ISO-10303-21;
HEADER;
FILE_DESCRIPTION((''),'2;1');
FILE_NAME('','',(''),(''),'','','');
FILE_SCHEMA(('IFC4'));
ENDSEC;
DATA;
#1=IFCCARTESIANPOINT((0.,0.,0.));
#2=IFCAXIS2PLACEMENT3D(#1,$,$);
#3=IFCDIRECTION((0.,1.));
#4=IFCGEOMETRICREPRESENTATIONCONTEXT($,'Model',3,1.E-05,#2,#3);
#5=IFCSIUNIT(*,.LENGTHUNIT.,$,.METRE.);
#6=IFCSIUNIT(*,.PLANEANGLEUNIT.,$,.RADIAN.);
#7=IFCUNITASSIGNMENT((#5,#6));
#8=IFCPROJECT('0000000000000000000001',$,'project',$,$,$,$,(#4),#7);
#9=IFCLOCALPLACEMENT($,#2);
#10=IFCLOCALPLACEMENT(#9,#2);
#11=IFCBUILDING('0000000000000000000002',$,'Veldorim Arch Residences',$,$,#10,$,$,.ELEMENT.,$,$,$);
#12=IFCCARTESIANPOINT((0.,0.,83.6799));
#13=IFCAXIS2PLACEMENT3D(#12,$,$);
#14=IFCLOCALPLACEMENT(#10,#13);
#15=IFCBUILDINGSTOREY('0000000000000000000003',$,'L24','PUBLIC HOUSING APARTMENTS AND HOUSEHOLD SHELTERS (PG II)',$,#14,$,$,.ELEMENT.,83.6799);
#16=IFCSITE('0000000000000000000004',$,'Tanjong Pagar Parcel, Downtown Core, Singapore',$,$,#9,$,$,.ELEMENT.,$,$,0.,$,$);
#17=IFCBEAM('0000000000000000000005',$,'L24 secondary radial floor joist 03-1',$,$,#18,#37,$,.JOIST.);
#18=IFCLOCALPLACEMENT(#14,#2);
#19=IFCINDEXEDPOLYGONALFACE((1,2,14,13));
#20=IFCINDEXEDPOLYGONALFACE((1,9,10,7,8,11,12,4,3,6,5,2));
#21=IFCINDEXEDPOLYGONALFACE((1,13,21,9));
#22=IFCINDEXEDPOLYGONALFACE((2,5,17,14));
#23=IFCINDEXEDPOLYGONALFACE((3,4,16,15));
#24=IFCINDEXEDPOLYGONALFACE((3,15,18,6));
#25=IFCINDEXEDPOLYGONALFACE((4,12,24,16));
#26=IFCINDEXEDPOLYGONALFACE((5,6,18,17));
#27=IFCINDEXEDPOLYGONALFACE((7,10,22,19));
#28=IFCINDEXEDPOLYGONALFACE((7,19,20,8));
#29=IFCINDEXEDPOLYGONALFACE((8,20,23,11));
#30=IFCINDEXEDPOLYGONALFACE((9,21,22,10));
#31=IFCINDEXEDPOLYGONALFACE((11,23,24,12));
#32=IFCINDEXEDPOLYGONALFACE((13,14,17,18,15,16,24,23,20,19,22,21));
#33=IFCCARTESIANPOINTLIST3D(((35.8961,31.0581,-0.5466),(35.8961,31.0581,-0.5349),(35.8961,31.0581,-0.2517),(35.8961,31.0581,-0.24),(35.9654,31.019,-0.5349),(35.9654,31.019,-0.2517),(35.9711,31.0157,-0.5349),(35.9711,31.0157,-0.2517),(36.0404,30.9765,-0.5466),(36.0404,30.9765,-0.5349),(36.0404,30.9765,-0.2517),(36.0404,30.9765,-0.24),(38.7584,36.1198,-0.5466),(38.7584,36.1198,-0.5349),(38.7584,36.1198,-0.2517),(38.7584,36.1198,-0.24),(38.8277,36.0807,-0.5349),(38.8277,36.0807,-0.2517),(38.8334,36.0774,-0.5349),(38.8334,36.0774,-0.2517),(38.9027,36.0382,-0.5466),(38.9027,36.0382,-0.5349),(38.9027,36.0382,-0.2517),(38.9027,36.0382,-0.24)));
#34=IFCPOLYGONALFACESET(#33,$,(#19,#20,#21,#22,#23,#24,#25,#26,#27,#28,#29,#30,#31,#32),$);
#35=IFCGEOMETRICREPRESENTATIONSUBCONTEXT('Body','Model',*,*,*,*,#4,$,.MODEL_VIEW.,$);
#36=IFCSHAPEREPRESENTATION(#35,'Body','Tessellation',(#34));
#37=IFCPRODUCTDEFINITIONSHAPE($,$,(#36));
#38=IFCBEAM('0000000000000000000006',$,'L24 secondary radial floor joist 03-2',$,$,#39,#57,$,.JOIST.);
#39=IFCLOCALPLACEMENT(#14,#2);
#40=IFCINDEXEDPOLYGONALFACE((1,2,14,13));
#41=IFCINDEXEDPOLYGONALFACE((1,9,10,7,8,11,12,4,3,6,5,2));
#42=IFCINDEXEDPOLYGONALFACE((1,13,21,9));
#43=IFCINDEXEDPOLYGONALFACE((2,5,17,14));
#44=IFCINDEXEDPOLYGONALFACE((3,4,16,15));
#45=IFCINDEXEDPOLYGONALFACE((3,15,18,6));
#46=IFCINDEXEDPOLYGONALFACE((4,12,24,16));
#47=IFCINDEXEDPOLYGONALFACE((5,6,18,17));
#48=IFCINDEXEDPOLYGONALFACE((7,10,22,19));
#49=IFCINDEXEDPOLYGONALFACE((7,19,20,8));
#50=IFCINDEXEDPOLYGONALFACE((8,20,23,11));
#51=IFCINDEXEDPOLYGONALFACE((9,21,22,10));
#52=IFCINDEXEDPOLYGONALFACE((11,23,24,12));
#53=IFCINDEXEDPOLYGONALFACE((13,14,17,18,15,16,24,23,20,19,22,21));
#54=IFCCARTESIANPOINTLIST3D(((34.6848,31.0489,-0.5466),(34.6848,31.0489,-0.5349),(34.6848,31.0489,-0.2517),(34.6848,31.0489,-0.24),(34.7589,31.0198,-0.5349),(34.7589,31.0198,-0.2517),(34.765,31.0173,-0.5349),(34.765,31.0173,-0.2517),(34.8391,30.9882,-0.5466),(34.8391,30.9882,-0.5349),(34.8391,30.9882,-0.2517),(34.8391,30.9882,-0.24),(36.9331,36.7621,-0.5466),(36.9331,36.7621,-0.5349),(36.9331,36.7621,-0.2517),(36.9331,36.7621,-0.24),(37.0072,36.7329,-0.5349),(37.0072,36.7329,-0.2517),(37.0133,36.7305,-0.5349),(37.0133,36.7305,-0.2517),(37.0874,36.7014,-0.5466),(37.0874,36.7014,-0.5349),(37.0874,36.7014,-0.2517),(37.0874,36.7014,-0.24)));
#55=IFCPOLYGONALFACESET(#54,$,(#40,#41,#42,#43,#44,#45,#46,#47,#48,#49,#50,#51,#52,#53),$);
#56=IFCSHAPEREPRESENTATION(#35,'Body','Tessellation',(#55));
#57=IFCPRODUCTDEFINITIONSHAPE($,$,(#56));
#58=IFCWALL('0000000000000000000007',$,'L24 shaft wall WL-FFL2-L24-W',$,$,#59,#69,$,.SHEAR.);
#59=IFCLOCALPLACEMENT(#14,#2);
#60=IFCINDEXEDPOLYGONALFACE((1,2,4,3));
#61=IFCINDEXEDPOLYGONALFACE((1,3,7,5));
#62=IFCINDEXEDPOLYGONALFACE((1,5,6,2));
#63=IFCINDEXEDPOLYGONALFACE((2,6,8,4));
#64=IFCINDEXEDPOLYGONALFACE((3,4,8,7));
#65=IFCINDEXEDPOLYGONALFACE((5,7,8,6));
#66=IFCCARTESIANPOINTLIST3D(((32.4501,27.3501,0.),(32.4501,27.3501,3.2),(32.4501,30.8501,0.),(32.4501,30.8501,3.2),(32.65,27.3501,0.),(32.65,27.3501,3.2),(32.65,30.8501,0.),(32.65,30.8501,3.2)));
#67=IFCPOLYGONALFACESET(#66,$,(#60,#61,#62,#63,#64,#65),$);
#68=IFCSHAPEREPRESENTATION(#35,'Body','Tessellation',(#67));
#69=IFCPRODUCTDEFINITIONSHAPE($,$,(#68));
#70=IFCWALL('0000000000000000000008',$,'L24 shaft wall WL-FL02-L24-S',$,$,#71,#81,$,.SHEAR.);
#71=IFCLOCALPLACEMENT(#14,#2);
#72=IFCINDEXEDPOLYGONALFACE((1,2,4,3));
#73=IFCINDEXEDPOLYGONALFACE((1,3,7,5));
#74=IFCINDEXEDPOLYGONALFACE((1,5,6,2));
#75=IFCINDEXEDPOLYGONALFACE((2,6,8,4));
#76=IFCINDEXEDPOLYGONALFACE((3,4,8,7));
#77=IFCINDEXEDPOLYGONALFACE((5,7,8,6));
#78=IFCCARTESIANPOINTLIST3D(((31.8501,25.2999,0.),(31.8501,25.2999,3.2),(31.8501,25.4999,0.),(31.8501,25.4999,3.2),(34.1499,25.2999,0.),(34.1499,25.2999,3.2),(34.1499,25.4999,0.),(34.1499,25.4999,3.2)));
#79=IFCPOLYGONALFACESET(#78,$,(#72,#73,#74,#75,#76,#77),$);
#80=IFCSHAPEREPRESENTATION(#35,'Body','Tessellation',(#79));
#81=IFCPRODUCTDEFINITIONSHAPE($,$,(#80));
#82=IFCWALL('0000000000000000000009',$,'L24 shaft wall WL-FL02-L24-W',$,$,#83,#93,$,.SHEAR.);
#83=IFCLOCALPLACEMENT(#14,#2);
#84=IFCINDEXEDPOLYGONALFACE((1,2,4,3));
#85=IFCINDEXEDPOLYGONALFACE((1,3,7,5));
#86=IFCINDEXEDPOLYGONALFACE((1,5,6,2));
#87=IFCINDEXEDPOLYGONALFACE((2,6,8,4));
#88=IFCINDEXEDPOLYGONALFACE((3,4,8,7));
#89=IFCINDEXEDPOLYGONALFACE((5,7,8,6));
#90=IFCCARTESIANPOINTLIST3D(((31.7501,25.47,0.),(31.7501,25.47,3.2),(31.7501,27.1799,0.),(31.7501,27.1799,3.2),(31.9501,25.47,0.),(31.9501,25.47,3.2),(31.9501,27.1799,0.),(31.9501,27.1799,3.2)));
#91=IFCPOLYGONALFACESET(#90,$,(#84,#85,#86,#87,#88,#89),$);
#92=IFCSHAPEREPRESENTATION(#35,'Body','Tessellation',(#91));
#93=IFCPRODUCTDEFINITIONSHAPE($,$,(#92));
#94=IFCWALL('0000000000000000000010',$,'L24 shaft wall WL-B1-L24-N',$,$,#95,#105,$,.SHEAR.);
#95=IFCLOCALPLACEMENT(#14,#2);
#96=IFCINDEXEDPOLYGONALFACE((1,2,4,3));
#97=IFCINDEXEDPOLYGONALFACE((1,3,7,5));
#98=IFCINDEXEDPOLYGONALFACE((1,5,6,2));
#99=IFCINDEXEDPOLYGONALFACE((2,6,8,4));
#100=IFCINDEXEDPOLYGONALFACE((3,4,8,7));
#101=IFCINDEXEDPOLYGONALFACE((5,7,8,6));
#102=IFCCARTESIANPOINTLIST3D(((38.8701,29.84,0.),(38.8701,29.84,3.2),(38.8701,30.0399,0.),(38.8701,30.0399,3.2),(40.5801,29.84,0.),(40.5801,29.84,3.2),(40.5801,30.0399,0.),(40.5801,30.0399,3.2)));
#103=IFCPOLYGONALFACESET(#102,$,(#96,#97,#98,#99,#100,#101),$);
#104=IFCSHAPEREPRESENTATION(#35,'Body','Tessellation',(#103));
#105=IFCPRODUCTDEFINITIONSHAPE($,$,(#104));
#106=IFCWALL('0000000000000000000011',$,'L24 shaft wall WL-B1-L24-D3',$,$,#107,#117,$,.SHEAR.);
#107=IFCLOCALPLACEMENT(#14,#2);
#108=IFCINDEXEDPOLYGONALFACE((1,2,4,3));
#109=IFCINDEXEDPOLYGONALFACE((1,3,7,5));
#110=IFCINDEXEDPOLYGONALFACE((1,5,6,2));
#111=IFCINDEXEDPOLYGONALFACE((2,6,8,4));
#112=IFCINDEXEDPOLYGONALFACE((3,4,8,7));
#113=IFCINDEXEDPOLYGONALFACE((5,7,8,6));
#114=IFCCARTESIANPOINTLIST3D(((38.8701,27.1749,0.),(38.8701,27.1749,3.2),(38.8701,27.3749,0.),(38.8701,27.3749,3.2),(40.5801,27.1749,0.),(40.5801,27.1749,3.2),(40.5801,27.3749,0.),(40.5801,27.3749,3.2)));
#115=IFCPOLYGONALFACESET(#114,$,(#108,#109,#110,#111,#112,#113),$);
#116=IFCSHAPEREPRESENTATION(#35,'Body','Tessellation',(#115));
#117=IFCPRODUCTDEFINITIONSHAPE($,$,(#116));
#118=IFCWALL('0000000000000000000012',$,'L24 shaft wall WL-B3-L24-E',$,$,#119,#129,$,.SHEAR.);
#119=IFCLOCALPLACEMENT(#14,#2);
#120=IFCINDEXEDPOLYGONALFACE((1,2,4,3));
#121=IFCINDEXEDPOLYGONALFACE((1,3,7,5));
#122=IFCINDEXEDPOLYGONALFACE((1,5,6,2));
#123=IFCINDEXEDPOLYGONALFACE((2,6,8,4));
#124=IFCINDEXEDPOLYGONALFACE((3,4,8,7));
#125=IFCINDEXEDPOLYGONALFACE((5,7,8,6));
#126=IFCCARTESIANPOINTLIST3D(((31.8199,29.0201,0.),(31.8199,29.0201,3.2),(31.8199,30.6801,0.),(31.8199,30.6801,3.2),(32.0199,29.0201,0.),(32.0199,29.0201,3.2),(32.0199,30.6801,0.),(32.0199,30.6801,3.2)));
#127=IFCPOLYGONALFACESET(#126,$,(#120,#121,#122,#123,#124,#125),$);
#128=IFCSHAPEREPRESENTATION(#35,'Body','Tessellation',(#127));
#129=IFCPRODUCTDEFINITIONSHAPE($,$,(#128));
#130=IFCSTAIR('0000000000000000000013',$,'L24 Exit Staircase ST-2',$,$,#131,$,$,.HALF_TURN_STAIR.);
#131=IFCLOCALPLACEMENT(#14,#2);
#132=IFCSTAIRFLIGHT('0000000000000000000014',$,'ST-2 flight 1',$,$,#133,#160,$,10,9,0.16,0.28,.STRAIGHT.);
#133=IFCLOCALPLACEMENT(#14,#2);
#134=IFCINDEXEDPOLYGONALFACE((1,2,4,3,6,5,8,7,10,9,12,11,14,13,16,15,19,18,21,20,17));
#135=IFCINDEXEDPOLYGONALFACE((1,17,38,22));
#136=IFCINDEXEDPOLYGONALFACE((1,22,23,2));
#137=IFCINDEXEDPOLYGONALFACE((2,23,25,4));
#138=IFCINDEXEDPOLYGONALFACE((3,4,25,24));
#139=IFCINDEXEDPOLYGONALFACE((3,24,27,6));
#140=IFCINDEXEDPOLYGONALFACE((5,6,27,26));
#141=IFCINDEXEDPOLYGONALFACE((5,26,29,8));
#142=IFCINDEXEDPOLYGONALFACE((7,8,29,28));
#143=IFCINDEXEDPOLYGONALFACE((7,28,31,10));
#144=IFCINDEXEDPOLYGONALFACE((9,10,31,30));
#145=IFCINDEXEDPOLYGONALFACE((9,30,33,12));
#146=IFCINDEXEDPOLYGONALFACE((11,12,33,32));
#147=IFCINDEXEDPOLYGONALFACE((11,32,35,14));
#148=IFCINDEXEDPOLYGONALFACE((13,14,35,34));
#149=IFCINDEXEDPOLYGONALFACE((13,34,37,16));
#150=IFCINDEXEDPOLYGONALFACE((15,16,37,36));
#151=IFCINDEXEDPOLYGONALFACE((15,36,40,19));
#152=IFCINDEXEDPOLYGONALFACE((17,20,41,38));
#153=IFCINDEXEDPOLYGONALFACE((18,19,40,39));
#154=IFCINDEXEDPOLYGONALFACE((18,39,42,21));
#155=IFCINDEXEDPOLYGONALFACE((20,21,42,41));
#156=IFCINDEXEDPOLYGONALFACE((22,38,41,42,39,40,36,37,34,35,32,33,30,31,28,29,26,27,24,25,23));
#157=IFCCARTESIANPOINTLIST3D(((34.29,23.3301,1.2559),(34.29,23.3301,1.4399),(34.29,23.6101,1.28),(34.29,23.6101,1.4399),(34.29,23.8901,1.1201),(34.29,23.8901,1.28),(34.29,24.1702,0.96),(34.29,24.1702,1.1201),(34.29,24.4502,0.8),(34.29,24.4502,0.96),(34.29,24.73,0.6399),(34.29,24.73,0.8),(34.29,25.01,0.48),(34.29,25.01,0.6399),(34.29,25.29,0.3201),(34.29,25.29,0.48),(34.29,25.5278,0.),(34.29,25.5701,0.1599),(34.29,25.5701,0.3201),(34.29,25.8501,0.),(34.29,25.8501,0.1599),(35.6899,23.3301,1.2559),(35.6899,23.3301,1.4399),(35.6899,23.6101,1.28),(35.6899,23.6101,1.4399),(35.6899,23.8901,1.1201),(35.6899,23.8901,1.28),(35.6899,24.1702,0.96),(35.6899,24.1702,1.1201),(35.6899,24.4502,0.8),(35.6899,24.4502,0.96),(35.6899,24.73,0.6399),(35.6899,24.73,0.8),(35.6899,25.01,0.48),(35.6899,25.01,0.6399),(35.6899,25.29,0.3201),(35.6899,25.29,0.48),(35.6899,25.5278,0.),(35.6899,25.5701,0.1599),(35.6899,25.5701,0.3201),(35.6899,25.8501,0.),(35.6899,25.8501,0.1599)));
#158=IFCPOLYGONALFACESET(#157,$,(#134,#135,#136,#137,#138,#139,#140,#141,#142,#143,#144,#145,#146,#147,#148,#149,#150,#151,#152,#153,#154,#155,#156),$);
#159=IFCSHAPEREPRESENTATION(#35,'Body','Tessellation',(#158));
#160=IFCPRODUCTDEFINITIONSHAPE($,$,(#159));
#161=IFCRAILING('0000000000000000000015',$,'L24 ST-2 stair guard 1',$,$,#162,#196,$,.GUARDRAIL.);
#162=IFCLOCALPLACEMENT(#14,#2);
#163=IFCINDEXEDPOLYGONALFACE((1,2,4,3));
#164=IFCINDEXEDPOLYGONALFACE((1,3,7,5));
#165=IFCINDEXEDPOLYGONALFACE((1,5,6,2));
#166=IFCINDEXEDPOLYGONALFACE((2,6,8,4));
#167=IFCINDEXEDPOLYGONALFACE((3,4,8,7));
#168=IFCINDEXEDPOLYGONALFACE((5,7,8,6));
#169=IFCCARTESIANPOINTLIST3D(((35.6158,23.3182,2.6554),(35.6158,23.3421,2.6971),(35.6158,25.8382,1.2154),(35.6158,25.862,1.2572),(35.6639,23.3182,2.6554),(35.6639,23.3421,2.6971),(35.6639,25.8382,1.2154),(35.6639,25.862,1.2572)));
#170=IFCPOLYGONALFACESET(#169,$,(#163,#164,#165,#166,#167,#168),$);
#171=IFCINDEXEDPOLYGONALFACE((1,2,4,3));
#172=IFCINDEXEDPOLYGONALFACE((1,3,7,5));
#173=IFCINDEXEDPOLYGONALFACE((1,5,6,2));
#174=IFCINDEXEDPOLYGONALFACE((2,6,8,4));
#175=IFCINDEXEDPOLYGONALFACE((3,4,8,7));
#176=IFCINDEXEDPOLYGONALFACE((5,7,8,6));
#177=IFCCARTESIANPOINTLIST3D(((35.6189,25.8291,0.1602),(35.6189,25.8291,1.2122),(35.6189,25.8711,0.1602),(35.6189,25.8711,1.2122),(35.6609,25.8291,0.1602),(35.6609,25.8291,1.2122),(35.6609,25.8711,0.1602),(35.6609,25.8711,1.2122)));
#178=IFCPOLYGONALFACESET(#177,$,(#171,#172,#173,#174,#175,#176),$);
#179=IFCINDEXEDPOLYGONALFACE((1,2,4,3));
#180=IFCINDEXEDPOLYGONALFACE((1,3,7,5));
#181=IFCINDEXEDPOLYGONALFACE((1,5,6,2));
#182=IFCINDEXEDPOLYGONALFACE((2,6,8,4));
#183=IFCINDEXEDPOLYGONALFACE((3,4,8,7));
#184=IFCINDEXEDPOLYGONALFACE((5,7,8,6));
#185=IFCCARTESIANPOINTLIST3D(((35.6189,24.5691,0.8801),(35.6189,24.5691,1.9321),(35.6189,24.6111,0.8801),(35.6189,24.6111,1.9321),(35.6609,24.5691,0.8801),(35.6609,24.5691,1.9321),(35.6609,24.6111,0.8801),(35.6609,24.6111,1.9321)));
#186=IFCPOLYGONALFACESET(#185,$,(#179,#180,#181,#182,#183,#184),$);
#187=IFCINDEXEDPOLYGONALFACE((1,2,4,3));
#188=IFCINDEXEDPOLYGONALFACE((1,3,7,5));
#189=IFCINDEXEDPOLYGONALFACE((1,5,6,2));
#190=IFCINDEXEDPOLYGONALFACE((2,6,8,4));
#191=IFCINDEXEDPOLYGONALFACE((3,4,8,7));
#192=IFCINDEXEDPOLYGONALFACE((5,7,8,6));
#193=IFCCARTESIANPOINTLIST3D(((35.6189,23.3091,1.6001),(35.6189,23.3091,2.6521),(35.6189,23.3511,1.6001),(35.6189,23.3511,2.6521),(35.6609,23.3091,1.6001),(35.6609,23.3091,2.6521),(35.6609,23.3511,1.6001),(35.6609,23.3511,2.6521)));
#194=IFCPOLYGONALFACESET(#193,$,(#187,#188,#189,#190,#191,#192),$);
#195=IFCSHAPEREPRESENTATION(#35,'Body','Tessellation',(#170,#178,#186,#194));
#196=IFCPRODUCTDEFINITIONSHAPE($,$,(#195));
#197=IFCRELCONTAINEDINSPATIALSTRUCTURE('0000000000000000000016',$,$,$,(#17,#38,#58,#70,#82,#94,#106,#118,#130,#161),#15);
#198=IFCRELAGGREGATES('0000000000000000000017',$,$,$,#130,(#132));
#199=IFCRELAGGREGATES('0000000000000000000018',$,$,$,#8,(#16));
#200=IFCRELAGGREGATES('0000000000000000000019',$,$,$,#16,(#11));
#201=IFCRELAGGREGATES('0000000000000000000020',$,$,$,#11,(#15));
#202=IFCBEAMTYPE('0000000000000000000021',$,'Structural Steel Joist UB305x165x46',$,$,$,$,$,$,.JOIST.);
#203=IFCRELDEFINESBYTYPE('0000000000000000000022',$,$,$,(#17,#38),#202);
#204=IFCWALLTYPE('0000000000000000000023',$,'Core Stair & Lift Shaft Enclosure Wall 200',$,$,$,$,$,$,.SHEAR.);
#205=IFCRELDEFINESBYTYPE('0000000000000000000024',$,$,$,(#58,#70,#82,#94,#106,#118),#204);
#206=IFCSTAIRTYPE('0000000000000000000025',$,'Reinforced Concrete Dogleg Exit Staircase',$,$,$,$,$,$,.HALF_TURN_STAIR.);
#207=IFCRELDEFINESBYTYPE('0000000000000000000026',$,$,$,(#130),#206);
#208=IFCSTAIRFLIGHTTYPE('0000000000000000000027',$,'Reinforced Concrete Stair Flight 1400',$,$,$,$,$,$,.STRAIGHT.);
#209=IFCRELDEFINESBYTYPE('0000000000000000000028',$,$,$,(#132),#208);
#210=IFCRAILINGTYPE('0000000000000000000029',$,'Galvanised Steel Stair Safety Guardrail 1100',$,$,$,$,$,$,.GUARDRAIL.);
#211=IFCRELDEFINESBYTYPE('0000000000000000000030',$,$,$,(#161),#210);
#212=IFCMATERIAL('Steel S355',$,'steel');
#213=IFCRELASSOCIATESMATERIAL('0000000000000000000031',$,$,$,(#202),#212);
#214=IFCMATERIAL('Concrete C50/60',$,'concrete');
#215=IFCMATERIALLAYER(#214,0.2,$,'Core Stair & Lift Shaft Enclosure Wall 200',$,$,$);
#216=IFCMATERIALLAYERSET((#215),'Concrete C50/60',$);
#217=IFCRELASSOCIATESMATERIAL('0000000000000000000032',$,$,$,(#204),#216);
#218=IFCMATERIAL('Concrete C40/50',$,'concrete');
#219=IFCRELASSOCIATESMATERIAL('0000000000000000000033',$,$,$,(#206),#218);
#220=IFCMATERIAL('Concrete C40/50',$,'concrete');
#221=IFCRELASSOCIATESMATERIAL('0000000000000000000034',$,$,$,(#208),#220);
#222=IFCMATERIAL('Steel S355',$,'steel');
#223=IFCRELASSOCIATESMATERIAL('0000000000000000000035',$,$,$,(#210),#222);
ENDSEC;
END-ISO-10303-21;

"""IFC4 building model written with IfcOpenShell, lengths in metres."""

from ifc_helpers import new_model, si_unit, direction, frame, frame_2d, origin, origin_2d, place, context, subcontext, project, spatial, polyline, rectangle, i_section, outline, extrude, material, layer, layer_set, material_profile, profile_set, type_object, element, aggregate, save


model = new_model("IFC4")

# Units and contexts
model_context = context("Model", 3, precision=1e-05, world=origin(), true_north=direction((0.0, 1.0)))
body_context = subcontext(model_context, "Body", "Model", "MODEL_VIEW")
ifc_project = project(units=[si_unit("LENGTHUNIT", "METRE"), si_unit("PLANEANGLEUNIT", "RADIAN")], contexts=[model_context])

# Site, building, storey
site_placement = place(None, origin())
site = spatial("IfcSite", under=ifc_project, at=site_placement, Name="Tanjong Pagar Parcel, Downtown Core, Singapore", CompositionType="ELEMENT", RefElevation=0.0)
building_placement = place(site_placement, origin())
building = spatial("IfcBuilding", under=site, at=building_placement, Name="Veldorim Arch Residences", CompositionType="ELEMENT")
storey_placement = place(building_placement, frame((0.0, 0.0, 83.6799)))
storey = spatial("IfcBuildingStorey", under=building, at=storey_placement, Name="L24", Description="PUBLIC HOUSING APARTMENTS AND HOUSEHOLD SHELTERS (PG II)", CompositionType="ELEMENT", Elevation=83.6799)

# Beams
ifc_material_1 = material(Name="Steel S355", Category="steel")
ifc_material_profile_1 = material_profile(ifc_material_1, i_section(OverallWidth=0.1658, OverallDepth=0.3066, WebThickness=0.0066, FlangeThickness=0.0117, at=origin_2d()), Name="UB305x165x46")
ifc_profile_set_1 = profile_set([ifc_material_profile_1], Name="Steel S355")
beam_type_1 = type_object("IfcBeamType", Name="Structural Steel Joist UB305x165x46", PredefinedType="JOIST", material=ifc_profile_set_1)
beam_1_placement = place(storey_placement, frame((35.9683, 31.0173, -0.3933), z_axis=(0.492227, 0.870467, 0.0), x_axis=(-0.870467, 0.492227, 0.0)))
element("IfcBeam", 1, at=beam_1_placement, inside=storey, type_object=beam_type_1, Name="L24 secondary radial floor joist 03-1", PredefinedType="JOIST", context=body_context, shape_type="SweptSolid", body=[
    extrude(i_section(OverallWidth=0.1658, OverallDepth=0.3066, WebThickness=0.0066, FlangeThickness=0.0117, at=origin_2d()), origin(), (0.0, 0.0, 1.0), 5.8149),
])
beam_2_placement = place(storey_placement, frame((34.762, 31.0186, -0.3933), z_axis=(0.366195, 0.930538, 0.0), x_axis=(-0.930538, 0.366195, 0.0)))
element("IfcBeam", 2, at=beam_2_placement, inside=storey, type_object=beam_type_1, Name="L24 secondary radial floor joist 03-2", PredefinedType="JOIST", context=body_context, shape_type="SweptSolid", body=[
    extrude(i_section(OverallWidth=0.1658, OverallDepth=0.3066, WebThickness=0.0066, FlangeThickness=0.0117, at=origin_2d()), origin(), (0.0, 0.0, 1.0), 6.1396),
])

# Shared definitions
ifc_material_2 = material(Name="Concrete C50/60", Category="concrete")
ifc_layer = layer(ifc_material_2, 0.2, Name="Core Stair & Lift Shaft Enclosure Wall 200")
ifc_layer_set = layer_set([ifc_layer], Name="Concrete C50/60")
wall_type = type_object("IfcWallType", Name="Core Stair & Lift Shaft Enclosure Wall 200", PredefinedType="SHEAR", material=ifc_layer_set)

# Wall
wall_1_placement = place(storey_placement, frame((32.55, 27.3501, 0.0), z_axis=(0.0, 0.0, 1.0), x_axis=(0.0, 1.0, 0.0)))
element("IfcWall", 3, at=wall_1_placement, inside=storey, type_object=wall_type, Name="L24 shaft wall WL-FFL2-L24-W", PredefinedType="SHEAR", context=body_context, shape_type="SweptSolid", body=[
    extrude(rectangle(XDim=3.5, YDim=0.2, at=frame_2d((1.75, 0.0))), origin(), (0.0, 0.0, 1.0), 3.2),
])

# Walls
wall_2_placement = place(storey_placement, frame((31.8501, 25.3999, 0.0), z_axis=(0.0, 0.0, 1.0), x_axis=(1.0, 0.0, 0.0)))
element("IfcWall", 4, at=wall_2_placement, inside=storey, type_object=wall_type, Name="L24 shaft wall WL-FL02-L24-S", PredefinedType="SHEAR", context=body_context, shape_type="SweptSolid", body=[
    extrude(rectangle(XDim=2.2998, YDim=0.2, at=frame_2d((1.1499, 0.0))), origin(), (0.0, 0.0, 1.0), 3.2),
])
for number, where, z_axis, x_axis, name in (
    (5, (31.8501, 25.47, 0.0), (0.0, 0.0, 1.0), (0.0, 1.0, 0.0), "L24 shaft wall WL-FL02-L24-W"),
    (6, (38.8701, 29.9399, 0.0), (0.0, 0.0, 1.0), (1.0, 0.0, 0.0), "L24 shaft wall WL-B1-L24-N"),
    (7, (38.8701, 27.2749, 0.0), (0.0, 0.0, 1.0), (1.0, 0.0, 0.0), "L24 shaft wall WL-B1-L24-D3"),
):
    element("IfcWall", number, at=place(storey_placement, frame(where, z_axis=z_axis, x_axis=x_axis)), inside=storey, type_object=wall_type, Name=name, PredefinedType="SHEAR", context=body_context, shape_type="SweptSolid", body=[
        extrude(rectangle(XDim=1.71, YDim=0.2, at=frame_2d((0.855, 0.0))), origin(), (0.0, 0.0, 1.0), 3.2),
    ])
wall_3_placement = place(storey_placement, frame((31.9199, 29.02, 0.0), z_axis=(0.0, 0.0, 1.0), x_axis=(0.0, 1.0, 0.0)))
element("IfcWall", 8, at=wall_3_placement, inside=storey, type_object=wall_type, Name="L24 shaft wall WL-B3-L24-E", PredefinedType="SHEAR", context=body_context, shape_type="SweptSolid", body=[
    extrude(rectangle(XDim=1.6599, YDim=0.2, at=frame_2d((0.8301, 0.0))), origin(), (0.0, 0.0, 1.0), 3.2),
])

# Stair, stair flight
ifc_material_3 = material(Name="Concrete C40/50", Category="concrete")
stair_type = type_object("IfcStairType", Name="Reinforced Concrete Dogleg Exit Staircase", PredefinedType="HALF_TURN_STAIR", material=ifc_material_3)
stair_placement = place(storey_placement, origin())
stair = element("IfcStair", 9, at=stair_placement, inside=storey, type_object=stair_type, Name="L24 Exit Staircase ST-2", PredefinedType="HALF_TURN_STAIR")
ifc_material_4 = material(Name="Concrete C40/50", Category="concrete")
stair_flight_type = type_object("IfcStairFlightType", Name="Reinforced Concrete Stair Flight 1400", PredefinedType="STRAIGHT", material=ifc_material_4)
stair_flight_placement = place(storey_placement, frame((34.99, 25.8501, 0.0), z_axis=(0.0, 0.0, 1.0), x_axis=(0.0, -1.0, 0.0)))
stair_flight = element("IfcStairFlight", 10, at=stair_flight_placement, type_object=stair_flight_type, Name="ST-2 flight 1", NumberOfRisers=10, NumberOfTreads=9, PredefinedType="STRAIGHT", RiserHeight=0.16, TreadLength=0.28, context=body_context, shape_type="SweptSolid", body=[
    extrude(outline(polyline([(0.0, 0.0), (0.0, 0.1599), (0.28, 0.1599), (0.28, 0.3201), (0.5601, 0.3201), (0.5601, 0.48), (0.8401, 0.48), (0.8401, 0.6399), (1.1201, 0.6399), (1.1201, 0.8), (1.3999, 0.8), (1.3999, 0.96), (1.6799, 0.96), (1.6799, 1.1201), (1.96, 1.1201), (1.96, 1.28), (2.24, 1.28), (2.24, 1.4399), (2.52, 1.4399), (2.52, 1.6001), (2.52, 1.2559), (0.3223, 0.0), (0.0, 0.0)])), frame((0.0, 0.7, 0.0), z_axis=(0.0, -1.0, 0.0), x_axis=(1.0, 0.0, 0.0)), (0.0, 0.0, 1.0), 1.3999),
])
aggregate(stair, [stair_flight])

# Railing
ifc_material_5 = material(Name="Steel S355", Category="steel")
railing_type_1 = type_object("IfcRailingType", Name="Galvanised Steel Stair Safety Guardrail 1100", PredefinedType="GUARDRAIL", material=ifc_material_5)
railing_1_placement = place(storey_placement, frame((35.6399, 25.8501, 0.1602)))
element("IfcRailing", 11, at=railing_1_placement, inside=storey, type_object=railing_type_1, Name="L24 ST-2 stair guard 1", PredefinedType="GUARDRAIL", context=body_context, shape_type="SweptSolid", body=[
    extrude(rectangle(XDim=0.0481, YDim=0.0481, at=origin_2d()), frame((0.0, 0.0, 1.0762), z_axis=(0.0, -0.868253, 0.496121), x_axis=(1.0, 0.0, 0.0)), (0.0, 0.0, 1.0), 2.9023),
    extrude(rectangle(XDim=0.042, YDim=0.042, at=origin_2d()), origin(), (0.0, 0.0, 1.0), 1.052),
    extrude(rectangle(XDim=0.042, YDim=0.042, at=origin_2d()), frame((0.0, -1.26, 0.72)), (0.0, 0.0, 1.0), 1.052),
    extrude(rectangle(XDim=0.042, YDim=0.042, at=origin_2d()), frame((0.0, -2.52, 1.4399)), (0.0, 0.0, 1.0), 1.052),
])

save(model, "model.ifc")
